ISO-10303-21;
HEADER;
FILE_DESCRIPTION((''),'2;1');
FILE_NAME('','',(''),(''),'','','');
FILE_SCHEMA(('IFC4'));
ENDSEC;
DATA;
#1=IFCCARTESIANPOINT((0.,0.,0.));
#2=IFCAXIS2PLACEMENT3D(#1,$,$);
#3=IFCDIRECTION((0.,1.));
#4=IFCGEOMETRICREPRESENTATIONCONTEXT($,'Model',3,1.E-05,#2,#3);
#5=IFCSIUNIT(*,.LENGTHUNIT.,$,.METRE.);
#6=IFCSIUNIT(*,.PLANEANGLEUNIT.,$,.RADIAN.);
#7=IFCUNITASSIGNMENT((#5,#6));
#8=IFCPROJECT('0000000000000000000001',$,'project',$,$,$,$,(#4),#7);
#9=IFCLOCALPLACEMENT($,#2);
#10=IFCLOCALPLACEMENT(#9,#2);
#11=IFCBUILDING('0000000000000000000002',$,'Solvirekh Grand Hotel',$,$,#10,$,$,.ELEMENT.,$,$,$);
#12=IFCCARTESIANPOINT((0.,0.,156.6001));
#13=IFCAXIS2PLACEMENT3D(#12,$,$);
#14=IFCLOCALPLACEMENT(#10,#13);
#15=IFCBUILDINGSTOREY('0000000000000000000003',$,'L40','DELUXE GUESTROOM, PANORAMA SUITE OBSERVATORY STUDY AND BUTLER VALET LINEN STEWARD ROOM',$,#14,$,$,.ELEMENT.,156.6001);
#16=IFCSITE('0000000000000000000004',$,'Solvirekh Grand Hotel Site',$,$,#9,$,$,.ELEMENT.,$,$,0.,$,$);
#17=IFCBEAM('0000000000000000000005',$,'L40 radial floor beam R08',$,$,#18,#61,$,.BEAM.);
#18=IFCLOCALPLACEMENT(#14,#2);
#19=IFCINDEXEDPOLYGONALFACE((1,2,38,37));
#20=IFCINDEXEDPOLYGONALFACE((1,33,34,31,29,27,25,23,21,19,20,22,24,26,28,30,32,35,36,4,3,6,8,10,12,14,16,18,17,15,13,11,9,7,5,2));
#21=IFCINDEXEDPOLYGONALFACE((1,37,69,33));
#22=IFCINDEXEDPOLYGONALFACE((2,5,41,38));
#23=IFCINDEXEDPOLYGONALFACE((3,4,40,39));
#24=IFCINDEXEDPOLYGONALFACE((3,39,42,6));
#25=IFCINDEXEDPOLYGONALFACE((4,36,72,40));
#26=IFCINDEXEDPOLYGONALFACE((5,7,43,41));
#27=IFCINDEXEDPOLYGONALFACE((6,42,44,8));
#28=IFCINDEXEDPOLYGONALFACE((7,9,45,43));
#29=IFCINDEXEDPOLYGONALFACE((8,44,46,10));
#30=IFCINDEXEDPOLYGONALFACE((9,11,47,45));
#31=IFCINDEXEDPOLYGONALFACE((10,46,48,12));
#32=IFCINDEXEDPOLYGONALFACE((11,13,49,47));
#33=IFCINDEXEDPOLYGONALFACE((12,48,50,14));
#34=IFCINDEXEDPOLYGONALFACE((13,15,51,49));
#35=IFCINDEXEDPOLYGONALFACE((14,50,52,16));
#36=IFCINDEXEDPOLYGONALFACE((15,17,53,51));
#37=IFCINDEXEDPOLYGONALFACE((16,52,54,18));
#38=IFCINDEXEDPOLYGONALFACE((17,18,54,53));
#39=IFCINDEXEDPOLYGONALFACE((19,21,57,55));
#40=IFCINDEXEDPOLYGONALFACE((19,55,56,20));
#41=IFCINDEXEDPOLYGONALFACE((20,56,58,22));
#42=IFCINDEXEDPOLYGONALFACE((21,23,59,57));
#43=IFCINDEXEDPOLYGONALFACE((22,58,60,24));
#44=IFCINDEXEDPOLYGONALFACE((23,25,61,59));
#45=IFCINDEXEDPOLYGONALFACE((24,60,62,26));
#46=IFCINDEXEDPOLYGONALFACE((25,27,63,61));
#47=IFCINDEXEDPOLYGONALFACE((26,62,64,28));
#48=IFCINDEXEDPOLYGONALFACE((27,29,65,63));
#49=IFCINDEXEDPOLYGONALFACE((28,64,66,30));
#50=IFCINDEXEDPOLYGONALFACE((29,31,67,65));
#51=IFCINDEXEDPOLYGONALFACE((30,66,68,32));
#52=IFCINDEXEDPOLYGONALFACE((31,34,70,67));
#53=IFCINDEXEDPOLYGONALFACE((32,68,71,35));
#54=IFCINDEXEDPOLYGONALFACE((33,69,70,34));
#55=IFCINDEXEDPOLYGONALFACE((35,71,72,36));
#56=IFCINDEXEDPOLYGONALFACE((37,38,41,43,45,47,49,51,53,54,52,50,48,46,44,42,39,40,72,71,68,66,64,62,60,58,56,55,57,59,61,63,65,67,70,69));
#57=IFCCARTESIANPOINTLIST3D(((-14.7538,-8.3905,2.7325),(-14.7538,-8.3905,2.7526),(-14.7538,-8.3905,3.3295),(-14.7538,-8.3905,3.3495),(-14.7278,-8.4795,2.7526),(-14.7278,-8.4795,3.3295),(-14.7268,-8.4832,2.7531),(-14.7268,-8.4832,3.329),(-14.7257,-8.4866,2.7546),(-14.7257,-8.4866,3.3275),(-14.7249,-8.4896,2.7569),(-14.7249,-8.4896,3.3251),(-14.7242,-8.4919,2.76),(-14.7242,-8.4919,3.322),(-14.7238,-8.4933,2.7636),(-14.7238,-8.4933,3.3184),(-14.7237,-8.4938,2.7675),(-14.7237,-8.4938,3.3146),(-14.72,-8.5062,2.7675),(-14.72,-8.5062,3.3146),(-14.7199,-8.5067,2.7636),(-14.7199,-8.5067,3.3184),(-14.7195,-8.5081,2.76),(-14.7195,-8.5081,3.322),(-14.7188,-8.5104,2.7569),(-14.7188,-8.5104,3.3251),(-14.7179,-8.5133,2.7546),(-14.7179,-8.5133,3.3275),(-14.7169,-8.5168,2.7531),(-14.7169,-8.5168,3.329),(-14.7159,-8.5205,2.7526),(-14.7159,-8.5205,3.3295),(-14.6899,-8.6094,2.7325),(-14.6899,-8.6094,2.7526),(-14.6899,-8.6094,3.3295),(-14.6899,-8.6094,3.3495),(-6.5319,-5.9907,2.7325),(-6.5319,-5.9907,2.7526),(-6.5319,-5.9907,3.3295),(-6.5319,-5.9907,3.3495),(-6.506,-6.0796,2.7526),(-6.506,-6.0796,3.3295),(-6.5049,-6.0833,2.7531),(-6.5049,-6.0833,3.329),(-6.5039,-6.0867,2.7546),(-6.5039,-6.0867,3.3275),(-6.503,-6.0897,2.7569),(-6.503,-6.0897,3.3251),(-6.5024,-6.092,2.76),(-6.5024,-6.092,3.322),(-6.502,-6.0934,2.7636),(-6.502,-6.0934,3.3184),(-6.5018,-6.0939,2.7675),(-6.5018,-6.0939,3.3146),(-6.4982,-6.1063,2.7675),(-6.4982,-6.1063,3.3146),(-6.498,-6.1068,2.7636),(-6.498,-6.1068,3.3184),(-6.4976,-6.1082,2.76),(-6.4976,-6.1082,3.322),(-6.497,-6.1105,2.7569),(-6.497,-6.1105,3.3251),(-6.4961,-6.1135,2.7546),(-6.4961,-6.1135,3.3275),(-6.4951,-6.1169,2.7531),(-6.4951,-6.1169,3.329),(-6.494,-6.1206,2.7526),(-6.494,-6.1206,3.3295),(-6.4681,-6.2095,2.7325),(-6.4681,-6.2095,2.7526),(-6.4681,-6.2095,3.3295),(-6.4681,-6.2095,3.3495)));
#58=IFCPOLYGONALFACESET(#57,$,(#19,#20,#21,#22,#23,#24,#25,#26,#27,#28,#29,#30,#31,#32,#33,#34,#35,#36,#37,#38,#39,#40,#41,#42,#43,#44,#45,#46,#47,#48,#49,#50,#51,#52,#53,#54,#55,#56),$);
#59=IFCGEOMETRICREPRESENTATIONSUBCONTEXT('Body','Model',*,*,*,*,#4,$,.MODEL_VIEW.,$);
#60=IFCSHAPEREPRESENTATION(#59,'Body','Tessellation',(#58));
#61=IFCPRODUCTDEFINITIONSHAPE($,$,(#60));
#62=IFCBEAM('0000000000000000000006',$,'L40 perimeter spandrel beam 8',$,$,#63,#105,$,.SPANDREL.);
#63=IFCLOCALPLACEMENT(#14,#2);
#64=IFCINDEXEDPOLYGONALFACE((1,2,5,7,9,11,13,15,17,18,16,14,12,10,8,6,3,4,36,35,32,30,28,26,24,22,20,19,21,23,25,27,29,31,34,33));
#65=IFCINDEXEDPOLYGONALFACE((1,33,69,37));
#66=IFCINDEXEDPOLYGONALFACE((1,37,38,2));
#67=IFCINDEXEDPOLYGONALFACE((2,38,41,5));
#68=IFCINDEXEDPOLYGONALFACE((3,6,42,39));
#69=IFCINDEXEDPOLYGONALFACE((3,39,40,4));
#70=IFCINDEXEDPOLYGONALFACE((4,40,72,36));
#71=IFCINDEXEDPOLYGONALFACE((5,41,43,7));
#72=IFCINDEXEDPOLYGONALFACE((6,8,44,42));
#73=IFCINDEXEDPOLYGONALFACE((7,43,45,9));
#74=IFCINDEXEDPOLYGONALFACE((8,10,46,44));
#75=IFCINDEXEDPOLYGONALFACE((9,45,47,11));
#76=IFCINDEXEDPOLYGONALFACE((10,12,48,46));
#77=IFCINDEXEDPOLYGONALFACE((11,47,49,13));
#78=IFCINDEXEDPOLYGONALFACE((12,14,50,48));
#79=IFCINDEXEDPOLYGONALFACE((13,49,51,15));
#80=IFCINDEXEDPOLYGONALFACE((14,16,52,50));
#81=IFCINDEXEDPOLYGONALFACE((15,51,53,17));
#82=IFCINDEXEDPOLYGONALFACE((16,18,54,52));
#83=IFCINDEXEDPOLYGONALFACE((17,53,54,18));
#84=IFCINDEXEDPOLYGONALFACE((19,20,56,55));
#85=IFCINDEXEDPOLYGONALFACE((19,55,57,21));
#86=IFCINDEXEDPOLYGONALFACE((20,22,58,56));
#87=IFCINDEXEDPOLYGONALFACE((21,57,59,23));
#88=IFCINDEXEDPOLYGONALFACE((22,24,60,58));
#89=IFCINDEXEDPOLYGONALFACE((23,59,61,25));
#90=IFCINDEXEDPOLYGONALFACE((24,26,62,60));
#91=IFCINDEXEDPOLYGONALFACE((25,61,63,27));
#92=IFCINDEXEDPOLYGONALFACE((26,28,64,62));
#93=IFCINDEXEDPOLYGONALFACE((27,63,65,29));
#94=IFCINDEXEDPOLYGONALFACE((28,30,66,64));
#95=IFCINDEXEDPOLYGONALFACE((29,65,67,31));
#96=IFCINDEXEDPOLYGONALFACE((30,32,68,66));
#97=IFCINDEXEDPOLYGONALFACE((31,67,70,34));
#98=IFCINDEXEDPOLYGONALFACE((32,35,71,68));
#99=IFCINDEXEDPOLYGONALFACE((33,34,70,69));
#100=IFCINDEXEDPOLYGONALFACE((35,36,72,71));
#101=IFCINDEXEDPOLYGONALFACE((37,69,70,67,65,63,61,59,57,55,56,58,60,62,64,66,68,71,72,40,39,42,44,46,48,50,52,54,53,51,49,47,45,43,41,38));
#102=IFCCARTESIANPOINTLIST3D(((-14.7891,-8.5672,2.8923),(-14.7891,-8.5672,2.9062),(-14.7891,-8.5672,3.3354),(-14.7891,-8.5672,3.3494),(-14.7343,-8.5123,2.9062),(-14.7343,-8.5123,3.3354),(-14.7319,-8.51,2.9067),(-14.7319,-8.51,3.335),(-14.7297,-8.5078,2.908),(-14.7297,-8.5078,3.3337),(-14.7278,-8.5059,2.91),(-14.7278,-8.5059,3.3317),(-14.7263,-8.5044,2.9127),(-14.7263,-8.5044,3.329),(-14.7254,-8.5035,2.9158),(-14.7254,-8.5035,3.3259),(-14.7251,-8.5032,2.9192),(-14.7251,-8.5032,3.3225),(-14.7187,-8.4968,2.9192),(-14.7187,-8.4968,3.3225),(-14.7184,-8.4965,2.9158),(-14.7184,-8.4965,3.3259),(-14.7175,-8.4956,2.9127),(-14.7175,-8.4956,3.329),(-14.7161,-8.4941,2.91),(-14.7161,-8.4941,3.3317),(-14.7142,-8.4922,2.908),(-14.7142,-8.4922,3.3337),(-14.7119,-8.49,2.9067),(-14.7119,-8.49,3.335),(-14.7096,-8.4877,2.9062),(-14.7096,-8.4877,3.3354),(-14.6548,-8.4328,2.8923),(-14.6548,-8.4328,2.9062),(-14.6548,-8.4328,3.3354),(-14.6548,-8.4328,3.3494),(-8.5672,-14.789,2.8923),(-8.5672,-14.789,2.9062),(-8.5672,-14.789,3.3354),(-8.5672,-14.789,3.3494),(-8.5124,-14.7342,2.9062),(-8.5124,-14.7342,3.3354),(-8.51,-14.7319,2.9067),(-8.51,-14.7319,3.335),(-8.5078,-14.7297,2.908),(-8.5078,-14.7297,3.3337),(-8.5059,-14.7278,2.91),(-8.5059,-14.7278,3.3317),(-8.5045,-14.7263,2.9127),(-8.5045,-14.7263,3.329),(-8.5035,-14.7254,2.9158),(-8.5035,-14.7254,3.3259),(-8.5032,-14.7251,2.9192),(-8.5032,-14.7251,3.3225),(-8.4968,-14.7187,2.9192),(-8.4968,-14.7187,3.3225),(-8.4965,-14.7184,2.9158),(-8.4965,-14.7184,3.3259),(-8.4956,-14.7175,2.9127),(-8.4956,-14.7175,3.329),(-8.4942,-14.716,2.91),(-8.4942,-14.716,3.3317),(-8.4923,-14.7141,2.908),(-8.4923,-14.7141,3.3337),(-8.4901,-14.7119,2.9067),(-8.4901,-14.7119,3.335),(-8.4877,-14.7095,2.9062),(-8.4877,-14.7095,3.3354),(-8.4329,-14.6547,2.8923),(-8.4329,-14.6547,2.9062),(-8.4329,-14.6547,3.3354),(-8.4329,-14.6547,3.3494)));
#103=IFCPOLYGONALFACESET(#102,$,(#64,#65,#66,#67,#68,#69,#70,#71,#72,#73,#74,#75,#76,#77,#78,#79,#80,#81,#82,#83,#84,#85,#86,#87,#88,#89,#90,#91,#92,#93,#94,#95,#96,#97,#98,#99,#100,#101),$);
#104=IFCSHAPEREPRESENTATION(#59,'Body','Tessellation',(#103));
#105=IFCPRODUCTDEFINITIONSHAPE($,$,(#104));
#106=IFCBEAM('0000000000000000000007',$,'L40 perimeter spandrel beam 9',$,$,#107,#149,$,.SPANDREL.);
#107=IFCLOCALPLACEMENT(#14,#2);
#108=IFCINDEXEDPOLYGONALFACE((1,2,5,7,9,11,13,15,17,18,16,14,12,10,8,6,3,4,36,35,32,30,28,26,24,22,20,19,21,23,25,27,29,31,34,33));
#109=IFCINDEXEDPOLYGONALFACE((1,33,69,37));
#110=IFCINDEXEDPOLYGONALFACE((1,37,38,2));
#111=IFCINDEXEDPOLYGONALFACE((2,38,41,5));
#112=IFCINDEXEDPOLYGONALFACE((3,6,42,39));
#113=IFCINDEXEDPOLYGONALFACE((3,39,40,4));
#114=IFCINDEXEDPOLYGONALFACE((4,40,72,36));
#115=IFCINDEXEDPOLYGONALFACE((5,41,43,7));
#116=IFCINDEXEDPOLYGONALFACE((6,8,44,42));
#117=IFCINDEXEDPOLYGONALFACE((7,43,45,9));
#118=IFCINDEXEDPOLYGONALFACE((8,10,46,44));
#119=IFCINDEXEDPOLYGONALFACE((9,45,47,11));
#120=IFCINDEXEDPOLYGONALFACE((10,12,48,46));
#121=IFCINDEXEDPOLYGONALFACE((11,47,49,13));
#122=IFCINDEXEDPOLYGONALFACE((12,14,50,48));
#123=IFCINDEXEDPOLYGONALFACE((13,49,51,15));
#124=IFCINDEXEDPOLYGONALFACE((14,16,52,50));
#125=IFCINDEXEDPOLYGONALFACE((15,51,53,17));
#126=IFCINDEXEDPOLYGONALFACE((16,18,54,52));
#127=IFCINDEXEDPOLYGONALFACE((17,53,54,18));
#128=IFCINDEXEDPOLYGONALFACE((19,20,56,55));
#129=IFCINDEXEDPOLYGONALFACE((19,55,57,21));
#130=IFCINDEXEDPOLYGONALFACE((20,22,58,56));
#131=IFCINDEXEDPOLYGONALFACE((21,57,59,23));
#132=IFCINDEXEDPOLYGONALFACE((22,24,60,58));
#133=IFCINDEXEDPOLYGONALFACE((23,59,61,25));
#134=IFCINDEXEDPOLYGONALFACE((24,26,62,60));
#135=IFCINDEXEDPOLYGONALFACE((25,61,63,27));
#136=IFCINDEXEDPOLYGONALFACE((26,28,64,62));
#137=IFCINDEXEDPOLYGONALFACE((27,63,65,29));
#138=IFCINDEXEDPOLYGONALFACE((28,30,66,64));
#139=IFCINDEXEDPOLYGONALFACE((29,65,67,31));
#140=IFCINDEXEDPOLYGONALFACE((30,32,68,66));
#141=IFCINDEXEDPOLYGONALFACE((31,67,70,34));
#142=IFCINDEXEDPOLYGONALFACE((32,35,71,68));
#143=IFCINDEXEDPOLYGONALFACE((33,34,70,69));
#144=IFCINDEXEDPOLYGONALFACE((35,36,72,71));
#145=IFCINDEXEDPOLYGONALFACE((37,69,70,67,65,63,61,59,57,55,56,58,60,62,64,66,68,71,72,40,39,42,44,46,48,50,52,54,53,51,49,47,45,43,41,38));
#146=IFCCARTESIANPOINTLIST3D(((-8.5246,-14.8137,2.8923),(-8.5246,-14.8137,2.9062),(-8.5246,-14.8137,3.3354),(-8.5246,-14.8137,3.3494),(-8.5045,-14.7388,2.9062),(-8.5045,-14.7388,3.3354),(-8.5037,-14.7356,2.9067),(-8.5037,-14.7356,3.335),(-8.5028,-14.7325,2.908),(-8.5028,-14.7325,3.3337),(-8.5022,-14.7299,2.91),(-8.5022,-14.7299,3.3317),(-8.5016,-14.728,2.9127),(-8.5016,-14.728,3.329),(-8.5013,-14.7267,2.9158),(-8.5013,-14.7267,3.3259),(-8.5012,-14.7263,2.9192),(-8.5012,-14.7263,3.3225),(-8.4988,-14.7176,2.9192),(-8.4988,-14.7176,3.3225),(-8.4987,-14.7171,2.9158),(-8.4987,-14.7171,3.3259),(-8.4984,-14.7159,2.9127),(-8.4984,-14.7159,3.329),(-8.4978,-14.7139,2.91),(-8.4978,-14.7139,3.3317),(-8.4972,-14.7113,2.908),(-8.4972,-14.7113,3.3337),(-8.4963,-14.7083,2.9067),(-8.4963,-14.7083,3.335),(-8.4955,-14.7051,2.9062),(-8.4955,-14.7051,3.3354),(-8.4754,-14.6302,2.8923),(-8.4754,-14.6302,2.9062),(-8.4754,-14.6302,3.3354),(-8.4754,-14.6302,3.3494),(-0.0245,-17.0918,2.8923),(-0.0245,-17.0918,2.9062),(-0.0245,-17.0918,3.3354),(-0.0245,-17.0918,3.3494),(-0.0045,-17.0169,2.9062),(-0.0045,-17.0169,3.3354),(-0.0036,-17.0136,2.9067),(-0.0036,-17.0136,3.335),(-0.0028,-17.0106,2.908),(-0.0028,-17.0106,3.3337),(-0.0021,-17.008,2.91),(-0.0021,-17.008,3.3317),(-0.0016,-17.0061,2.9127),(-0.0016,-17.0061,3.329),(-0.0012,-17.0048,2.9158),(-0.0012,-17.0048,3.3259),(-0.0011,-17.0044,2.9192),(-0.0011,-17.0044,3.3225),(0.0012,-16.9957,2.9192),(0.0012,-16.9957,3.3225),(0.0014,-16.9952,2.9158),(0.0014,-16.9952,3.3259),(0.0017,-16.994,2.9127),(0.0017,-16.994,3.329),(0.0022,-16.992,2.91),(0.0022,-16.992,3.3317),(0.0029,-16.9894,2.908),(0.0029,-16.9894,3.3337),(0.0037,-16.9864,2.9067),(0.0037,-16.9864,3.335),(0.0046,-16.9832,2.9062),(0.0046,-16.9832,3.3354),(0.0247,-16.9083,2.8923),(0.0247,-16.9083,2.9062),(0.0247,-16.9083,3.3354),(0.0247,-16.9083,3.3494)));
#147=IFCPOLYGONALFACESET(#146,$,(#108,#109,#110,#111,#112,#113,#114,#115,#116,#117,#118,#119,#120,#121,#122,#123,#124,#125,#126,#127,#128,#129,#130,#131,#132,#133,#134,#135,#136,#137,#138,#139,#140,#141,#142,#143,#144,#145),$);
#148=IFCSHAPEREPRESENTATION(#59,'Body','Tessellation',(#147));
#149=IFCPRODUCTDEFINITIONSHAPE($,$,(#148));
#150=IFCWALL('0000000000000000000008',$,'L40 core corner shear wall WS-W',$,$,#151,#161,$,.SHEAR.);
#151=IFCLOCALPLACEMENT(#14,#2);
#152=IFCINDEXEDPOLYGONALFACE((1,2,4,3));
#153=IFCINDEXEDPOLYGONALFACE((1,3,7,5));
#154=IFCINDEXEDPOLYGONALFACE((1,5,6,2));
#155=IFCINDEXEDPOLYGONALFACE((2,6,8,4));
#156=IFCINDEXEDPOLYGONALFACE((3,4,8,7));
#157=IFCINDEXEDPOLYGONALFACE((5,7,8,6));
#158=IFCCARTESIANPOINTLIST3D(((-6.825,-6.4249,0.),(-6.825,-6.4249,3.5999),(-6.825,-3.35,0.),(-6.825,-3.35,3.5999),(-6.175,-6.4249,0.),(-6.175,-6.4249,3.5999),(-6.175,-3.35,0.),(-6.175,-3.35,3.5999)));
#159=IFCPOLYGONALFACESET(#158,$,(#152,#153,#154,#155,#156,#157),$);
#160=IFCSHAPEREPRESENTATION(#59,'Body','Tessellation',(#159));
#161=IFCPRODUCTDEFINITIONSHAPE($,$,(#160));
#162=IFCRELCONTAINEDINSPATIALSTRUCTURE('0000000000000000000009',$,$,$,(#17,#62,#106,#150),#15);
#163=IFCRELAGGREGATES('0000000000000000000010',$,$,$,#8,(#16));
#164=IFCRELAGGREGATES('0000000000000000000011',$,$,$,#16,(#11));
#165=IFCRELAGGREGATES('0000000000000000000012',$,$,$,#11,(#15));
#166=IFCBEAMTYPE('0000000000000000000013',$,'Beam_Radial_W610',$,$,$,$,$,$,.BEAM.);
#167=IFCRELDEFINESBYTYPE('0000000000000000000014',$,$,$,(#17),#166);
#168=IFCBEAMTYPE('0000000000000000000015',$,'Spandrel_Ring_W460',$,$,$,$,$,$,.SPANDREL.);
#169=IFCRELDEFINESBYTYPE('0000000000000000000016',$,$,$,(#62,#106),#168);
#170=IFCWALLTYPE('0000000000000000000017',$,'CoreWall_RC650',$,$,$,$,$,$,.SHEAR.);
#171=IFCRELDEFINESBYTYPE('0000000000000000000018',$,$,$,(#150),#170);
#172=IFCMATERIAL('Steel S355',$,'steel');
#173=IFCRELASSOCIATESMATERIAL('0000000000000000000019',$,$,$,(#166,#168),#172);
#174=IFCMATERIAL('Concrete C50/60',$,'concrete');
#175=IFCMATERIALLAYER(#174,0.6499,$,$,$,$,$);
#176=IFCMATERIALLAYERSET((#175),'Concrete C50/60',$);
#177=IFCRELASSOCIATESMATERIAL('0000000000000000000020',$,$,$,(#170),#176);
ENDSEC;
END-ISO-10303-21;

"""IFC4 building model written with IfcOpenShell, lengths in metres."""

from ifc_helpers import new_model, si_unit, direction, frame, frame_2d, origin, origin_2d, place, context, subcontext, project, spatial, rectangle, i_section, extrude, material, layer, layer_set, material_profile, profile_set, type_object, element, save


model = new_model("IFC4")

# Units and contexts
model_context = context("Model", 3, precision=1e-05, world=origin(), true_north=direction((0.0, 1.0)))
body_context = subcontext(model_context, "Body", "Model", "MODEL_VIEW")
ifc_project = project(units=[si_unit("LENGTHUNIT", "METRE"), si_unit("PLANEANGLEUNIT", "RADIAN")], contexts=[model_context])

# Site, building, storey
site_placement = place(None, origin())
site = spatial("IfcSite", under=ifc_project, at=site_placement, Name="Solvirekh Grand Hotel Site", CompositionType="ELEMENT", RefElevation=0.0)
building_placement = place(site_placement, origin())
building = spatial("IfcBuilding", under=site, at=building_placement, Name="Solvirekh Grand Hotel", CompositionType="ELEMENT")
storey_placement = place(building_placement, frame((0.0, 0.0, 156.6001)))
storey = spatial("IfcBuildingStorey", under=building, at=storey_placement, Name="L40", Description="DELUXE GUESTROOM, PANORAMA SUITE OBSERVATORY STUDY AND BUTLER VALET LINEN STEWARD ROOM", CompositionType="ELEMENT", Elevation=156.6001)

# Shared definitions
ifc_material_1 = material(Name="Concrete C50/60", Category="concrete")

# Beams
ifc_material_2 = material(Name="Steel S355", Category="steel")
ifc_material_profile_1 = material_profile(ifc_material_2, i_section(OverallWidth=0.228, OverallDepth=0.6169, WebThickness=0.0129, FlangeThickness=0.02, FilletRadius=0.0149, at=origin_2d()), Name="W610X140")
ifc_profile_set_1 = profile_set([ifc_material_profile_1], Name="Steel S355")
beam_type_1 = type_object("IfcBeamType", Name="Beam_Radial_W610", PredefinedType="BEAM", material=ifc_profile_set_1)
beam_1_placement = place(storey_placement, frame((-6.5, -6.1001, 3.041), z_axis=(-0.959942, -0.280198, 0.0), x_axis=(0.280198, -0.959942, 0.0)))
element("IfcBeam", 1, at=beam_1_placement, inside=storey, type_object=beam_type_1, Name="L40 radial floor beam R08", PredefinedType="BEAM", context=body_context, shape_type="SweptSolid", body=[
    extrude(i_section(OverallWidth=0.228, OverallDepth=0.6169, WebThickness=0.0129, FlangeThickness=0.02, FilletRadius=0.0149, at=origin_2d()), origin(), (0.0, 0.0, 1.0), 8.5649),
])
ifc_material_profile_2 = material_profile(ifc_material_2, i_section(OverallWidth=0.1899, OverallDepth=0.457, WebThickness=0.009, FlangeThickness=0.0139, FilletRadius=0.0129, at=origin_2d()), Name="W460X74")
ifc_profile_set_2 = profile_set([ifc_material_profile_2], Name="Steel S355")
beam_type_2 = type_object("IfcBeamType", Name="Spandrel_Ring_W460", PredefinedType="SPANDREL", material=ifc_profile_set_2)
beam_2_placement = place(storey_placement, frame((-14.7219, -8.5, 3.1208), z_axis=(0.707107, -0.707107, 0.0), x_axis=(0.707107, 0.707107, 0.0)))
element("IfcBeam", 2, at=beam_2_placement, inside=storey, type_object=beam_type_2, Name="L40 perimeter spandrel beam 8", PredefinedType="SPANDREL", context=body_context, shape_type="SweptSolid", body=[
    extrude(i_section(OverallWidth=0.1899, OverallDepth=0.457, WebThickness=0.009, FlangeThickness=0.0139, FilletRadius=0.0129, at=origin_2d()), origin(), (0.0, 0.0, 1.0), 8.7991),
])
beam_3_placement = place(storey_placement, frame((-8.5, -14.7219, 3.1208), z_axis=(0.965911, -0.258873, 0.0), x_axis=(0.258873, 0.965911, 0.0)))
element("IfcBeam", 3, at=beam_3_placement, inside=storey, type_object=beam_type_2, Name="L40 perimeter spandrel beam 9", PredefinedType="SPANDREL", context=body_context, shape_type="SweptSolid", body=[
    extrude(i_section(OverallWidth=0.1899, OverallDepth=0.457, WebThickness=0.009, FlangeThickness=0.0139, FilletRadius=0.0129, at=origin_2d()), origin(), (0.0, 0.0, 1.0), 8.8),
])

# Wall
ifc_layer_1 = layer(ifc_material_1, 0.6499)
ifc_layer_set_1 = layer_set([ifc_layer_1], Name="Concrete C50/60")
wall_type_1 = type_object("IfcWallType", Name="CoreWall_RC650", PredefinedType="SHEAR", material=ifc_layer_set_1)
wall_1_placement = place(storey_placement, frame((-6.5, -6.425, 0.0), z_axis=(0.0, 0.0, 1.0), x_axis=(0.0, 1.0, 0.0)))
element("IfcWall", 4, at=wall_1_placement, inside=storey, type_object=wall_type_1, Name="L40 core corner shear wall WS-W", PredefinedType="SHEAR", context=body_context, shape_type="SweptSolid", body=[
    extrude(rectangle(XDim=3.075, YDim=0.6499, at=frame_2d((1.5376, 0.0))), origin(), (0.0, 0.0, 1.0), 3.5999),
])

save(model, "model.ifc")
